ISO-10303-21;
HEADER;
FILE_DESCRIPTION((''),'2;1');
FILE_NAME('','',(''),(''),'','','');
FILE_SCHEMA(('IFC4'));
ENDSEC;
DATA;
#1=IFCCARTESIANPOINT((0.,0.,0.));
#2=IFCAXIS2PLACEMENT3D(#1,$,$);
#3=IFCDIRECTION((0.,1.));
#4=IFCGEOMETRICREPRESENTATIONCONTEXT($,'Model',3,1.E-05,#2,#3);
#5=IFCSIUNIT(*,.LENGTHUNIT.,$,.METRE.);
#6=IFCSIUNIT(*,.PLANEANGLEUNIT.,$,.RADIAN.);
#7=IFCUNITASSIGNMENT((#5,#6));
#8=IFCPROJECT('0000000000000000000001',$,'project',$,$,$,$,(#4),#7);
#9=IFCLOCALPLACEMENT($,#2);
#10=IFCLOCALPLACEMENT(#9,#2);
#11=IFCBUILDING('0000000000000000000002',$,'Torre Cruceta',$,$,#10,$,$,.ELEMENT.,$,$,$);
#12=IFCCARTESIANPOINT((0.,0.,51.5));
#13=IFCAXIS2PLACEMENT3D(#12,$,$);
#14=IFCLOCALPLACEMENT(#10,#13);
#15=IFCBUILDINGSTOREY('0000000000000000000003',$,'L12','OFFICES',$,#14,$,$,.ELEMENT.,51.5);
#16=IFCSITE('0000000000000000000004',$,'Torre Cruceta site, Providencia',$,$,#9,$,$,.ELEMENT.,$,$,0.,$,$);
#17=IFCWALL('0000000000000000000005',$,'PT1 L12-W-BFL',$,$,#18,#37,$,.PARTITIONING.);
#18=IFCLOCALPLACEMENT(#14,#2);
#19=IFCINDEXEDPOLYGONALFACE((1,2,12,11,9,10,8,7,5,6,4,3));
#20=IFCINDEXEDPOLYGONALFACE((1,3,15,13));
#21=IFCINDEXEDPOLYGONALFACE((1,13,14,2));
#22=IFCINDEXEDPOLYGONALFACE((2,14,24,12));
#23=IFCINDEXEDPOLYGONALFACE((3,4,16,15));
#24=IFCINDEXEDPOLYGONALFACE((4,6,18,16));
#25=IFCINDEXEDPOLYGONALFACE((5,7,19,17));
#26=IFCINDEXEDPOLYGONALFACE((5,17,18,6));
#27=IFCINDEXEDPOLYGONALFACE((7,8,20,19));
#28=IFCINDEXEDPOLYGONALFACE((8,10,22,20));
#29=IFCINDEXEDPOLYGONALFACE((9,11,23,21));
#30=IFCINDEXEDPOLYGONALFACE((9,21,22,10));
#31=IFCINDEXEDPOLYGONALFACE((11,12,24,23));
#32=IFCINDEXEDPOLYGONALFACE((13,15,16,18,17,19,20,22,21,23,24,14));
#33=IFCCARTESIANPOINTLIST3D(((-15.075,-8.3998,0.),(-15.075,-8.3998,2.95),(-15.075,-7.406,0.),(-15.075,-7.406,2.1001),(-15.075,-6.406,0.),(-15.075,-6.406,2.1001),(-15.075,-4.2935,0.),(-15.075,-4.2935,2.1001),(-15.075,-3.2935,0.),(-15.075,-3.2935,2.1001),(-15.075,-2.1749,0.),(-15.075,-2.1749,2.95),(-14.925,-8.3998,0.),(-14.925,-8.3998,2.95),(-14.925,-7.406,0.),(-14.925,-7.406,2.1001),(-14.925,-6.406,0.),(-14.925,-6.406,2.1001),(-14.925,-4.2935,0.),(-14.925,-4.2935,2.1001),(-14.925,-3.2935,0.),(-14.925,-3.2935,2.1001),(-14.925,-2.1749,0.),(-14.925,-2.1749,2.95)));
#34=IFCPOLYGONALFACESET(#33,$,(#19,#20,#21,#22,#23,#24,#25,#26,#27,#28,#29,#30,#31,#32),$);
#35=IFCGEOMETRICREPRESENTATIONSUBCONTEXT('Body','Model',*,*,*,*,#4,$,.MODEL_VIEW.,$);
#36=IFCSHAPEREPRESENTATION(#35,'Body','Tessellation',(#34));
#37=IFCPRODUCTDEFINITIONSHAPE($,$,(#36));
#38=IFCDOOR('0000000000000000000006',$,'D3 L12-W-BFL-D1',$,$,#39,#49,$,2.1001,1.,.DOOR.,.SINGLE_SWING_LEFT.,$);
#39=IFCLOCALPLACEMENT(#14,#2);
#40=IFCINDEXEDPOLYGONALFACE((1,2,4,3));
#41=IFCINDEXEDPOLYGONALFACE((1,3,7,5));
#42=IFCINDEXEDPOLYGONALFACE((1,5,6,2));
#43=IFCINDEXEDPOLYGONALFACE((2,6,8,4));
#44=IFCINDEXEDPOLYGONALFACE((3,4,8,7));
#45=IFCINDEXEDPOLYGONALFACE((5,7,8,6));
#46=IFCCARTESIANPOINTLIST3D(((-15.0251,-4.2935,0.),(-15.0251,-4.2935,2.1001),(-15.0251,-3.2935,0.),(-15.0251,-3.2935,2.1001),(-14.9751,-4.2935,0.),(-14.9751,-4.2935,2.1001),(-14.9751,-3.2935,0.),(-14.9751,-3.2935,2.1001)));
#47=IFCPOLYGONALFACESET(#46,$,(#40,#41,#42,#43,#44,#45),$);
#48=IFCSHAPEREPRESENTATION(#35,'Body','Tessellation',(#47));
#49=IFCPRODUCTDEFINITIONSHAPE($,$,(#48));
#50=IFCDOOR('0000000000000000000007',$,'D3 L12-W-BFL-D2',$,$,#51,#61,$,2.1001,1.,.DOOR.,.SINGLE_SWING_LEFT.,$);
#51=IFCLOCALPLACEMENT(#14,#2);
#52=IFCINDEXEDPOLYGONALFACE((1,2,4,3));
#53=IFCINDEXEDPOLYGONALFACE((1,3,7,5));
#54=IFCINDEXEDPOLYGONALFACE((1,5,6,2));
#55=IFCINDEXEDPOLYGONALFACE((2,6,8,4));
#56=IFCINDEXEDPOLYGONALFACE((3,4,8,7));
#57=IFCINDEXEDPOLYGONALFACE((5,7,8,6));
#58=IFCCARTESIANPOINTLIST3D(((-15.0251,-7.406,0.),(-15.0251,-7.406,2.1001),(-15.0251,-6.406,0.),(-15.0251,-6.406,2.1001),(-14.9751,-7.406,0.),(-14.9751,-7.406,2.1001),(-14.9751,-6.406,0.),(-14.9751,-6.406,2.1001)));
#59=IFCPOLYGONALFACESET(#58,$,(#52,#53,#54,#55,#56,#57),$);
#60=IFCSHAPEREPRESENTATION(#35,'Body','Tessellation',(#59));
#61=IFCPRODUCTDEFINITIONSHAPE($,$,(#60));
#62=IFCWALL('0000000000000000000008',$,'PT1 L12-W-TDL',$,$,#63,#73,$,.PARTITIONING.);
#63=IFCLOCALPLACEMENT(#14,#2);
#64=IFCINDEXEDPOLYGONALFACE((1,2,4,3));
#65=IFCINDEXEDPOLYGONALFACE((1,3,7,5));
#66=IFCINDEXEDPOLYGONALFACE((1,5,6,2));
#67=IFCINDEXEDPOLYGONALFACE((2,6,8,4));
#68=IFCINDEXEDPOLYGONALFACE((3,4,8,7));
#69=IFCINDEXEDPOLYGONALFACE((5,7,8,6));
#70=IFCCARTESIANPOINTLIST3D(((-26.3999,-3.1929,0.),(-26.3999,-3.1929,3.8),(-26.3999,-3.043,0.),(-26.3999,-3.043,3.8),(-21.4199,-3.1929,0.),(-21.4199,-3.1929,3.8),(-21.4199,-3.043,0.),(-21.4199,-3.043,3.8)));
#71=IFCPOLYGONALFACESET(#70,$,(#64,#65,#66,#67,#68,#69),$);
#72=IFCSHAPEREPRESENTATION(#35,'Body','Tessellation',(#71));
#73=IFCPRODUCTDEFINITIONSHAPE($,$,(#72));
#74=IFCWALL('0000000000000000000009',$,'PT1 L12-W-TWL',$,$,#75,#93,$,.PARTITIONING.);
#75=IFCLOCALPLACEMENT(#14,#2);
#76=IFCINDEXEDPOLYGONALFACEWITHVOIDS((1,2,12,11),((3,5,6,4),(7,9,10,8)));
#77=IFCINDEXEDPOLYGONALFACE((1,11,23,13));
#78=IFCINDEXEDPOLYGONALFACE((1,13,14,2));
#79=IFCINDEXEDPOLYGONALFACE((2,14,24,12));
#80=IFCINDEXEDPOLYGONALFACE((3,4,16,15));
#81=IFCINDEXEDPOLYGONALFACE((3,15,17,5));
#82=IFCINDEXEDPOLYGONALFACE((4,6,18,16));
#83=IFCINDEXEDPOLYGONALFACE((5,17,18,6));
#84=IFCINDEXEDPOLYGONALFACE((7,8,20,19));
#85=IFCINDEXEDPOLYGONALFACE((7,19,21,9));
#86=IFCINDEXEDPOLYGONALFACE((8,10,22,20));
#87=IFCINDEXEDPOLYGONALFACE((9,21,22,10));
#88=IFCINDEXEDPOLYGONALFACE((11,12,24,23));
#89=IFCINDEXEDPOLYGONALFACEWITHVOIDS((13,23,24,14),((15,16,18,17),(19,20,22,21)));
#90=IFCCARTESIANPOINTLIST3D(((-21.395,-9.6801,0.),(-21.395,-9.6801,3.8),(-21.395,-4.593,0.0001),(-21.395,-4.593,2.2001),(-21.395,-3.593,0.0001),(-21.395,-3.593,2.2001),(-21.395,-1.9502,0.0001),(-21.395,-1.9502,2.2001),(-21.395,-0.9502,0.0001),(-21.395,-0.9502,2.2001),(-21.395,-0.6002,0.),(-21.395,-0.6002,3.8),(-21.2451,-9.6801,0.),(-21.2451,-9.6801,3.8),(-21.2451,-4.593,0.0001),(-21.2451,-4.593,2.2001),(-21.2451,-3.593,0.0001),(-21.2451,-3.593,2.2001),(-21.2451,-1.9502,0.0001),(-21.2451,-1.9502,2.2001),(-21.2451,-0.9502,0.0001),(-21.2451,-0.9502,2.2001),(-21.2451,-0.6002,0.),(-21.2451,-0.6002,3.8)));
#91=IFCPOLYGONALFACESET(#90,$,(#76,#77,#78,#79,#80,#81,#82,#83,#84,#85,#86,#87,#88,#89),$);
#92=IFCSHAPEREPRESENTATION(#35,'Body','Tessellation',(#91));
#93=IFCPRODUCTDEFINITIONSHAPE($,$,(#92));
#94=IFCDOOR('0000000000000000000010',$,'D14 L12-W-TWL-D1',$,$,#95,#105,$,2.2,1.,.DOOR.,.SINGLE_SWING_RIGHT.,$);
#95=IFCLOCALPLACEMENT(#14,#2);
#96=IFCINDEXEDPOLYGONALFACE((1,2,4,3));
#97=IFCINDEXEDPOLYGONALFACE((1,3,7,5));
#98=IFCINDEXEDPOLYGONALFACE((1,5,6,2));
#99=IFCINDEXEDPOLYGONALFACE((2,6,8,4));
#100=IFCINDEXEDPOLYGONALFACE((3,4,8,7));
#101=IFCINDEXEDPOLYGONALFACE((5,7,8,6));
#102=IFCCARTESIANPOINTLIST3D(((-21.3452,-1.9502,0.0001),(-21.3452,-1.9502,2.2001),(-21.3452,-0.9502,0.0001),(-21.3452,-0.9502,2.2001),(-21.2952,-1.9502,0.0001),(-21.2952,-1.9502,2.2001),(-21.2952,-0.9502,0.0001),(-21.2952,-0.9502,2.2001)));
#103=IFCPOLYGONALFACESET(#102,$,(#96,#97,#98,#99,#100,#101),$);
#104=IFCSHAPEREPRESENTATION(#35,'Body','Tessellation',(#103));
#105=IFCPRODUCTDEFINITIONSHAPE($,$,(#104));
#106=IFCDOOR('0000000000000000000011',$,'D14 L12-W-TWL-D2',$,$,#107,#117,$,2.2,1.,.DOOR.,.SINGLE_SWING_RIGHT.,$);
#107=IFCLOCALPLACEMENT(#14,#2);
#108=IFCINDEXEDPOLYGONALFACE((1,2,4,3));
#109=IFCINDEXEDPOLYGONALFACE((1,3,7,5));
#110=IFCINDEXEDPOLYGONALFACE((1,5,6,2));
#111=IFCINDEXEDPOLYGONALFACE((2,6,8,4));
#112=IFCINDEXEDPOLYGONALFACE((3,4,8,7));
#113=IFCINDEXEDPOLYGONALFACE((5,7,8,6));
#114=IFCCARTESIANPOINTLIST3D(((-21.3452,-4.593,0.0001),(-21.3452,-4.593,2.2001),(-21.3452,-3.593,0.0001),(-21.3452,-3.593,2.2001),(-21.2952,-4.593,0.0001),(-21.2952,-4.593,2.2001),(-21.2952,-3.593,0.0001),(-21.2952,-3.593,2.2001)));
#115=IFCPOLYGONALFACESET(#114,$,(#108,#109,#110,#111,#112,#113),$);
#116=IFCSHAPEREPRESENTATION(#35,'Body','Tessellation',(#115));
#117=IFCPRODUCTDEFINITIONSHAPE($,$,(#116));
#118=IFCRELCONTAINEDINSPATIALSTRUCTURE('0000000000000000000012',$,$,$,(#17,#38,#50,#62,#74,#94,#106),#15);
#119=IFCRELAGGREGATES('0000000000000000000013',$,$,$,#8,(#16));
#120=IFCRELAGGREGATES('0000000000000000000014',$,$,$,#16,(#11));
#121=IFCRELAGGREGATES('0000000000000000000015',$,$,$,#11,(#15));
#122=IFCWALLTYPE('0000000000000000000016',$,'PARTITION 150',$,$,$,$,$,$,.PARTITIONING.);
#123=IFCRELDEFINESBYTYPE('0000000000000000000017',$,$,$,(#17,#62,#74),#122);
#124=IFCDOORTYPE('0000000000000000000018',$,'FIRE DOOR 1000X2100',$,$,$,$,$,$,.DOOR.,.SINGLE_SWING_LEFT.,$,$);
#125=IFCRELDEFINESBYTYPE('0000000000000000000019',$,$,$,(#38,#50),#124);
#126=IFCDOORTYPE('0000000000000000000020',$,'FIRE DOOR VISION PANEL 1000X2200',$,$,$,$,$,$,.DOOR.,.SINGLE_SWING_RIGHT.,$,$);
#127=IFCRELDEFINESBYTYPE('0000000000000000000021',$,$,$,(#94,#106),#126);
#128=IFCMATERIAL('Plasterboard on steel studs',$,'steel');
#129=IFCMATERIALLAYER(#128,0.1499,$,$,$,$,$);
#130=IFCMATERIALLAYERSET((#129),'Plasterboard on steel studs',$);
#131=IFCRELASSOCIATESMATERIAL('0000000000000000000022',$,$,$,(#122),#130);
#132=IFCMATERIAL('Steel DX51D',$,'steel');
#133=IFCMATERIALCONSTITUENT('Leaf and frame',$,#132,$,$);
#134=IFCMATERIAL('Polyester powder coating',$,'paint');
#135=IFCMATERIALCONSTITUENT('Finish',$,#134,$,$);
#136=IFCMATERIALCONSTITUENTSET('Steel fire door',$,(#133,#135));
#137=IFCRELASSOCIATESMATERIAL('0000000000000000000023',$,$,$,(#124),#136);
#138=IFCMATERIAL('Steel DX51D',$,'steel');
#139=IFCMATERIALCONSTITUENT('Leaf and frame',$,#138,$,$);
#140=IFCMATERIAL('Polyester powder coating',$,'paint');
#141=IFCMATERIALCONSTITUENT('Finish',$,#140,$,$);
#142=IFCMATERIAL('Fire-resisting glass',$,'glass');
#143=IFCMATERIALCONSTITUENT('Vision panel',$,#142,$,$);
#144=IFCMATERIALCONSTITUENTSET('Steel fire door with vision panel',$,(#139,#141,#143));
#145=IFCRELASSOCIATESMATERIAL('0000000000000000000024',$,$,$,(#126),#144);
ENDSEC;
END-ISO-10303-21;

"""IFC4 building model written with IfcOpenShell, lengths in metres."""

from ifc_helpers import new_model, si_unit, direction, frame, frame_2d, origin, place, context, subcontext, project, spatial, rectangle, extrude, material, layer, layer_set, constituent, constituent_set, type_object, element, fill, save


model = new_model("IFC4")

# Units and contexts
model_context = context("Model", 3, precision=1e-05, world=origin(), true_north=direction((0.0, 1.0)))
body_context = subcontext(model_context, "Body", "Model", "MODEL_VIEW")
ifc_project = project(units=[si_unit("LENGTHUNIT", "METRE"), si_unit("PLANEANGLEUNIT", "RADIAN")], contexts=[model_context])

# Site, building, storey
site_placement = place(None, origin())
site = spatial("IfcSite", under=ifc_project, at=site_placement, Name="Torre Cruceta site, Providencia", CompositionType="ELEMENT", RefElevation=0.0)
building_placement = place(site_placement, origin())
building = spatial("IfcBuilding", under=site, at=building_placement, Name="Torre Cruceta", CompositionType="ELEMENT")
storey_placement = place(building_placement, frame((0.0, 0.0, 51.5)))
storey = spatial("IfcBuildingStorey", under=building, at=storey_placement, Name="L12", Description="OFFICES", CompositionType="ELEMENT", Elevation=51.5)

# Wall, openings, doors
ifc_material_1 = material(Name="Plasterboard on steel studs", Category="steel")
ifc_layer_1 = layer(ifc_material_1, 0.1499)
ifc_layer_set_1 = layer_set([ifc_layer_1], Name="Plasterboard on steel studs")
wall_type_1 = type_object("IfcWallType", Name="PARTITION 150", PredefinedType="PARTITIONING", material=ifc_layer_set_1)
wall_1_placement = place(storey_placement, frame((-15.0, -2.175, 0.0), z_axis=(0.0, 0.0, 1.0), x_axis=(0.0, -1.0, 0.0)))
wall_1 = element("IfcWall", 1, at=wall_1_placement, inside=storey, type_object=wall_type_1, Name="PT1 L12-W-BFL", PredefinedType="PARTITIONING", context=body_context, shape_type="SweptSolid", body=[
    extrude(rectangle(XDim=6.2249, YDim=0.1499, at=frame_2d((3.1123, 0.0))), origin(), (0.0, 0.0, 1.0), 2.95),
])
opening_1_placement = place(wall_1_placement, frame((1.1184, 0.0, 0.0)))
opening_1 = element("IfcOpeningElement", 2, at=opening_1_placement, cuts=wall_1, PredefinedType="OPENING", context=body_context, shape_type="SweptSolid", body=[
    extrude(rectangle(XDim=1.0, YDim=2.1001, at=frame_2d((0.5, 1.05))), frame((0.0, 0.085, 0.0), z_axis=(0.0, -1.0, 0.0), x_axis=(1.0, 0.0, 0.0)), (0.0, 0.0, 1.0), 0.1699),
])
opening_2_placement = place(wall_1_placement, frame((4.231, 0.0, 0.0)))
opening_2 = element("IfcOpeningElement", 3, at=opening_2_placement, cuts=wall_1, PredefinedType="OPENING", context=body_context, shape_type="SweptSolid", body=[
    extrude(rectangle(XDim=1.0, YDim=2.1001, at=frame_2d((0.5, 1.05))), frame((0.0, 0.085, 0.0), z_axis=(0.0, -1.0, 0.0), x_axis=(1.0, 0.0, 0.0)), (0.0, 0.0, 1.0), 0.1699),
])
ifc_material_2 = material(Name="Steel DX51D", Category="steel")
ifc_constituent_1 = constituent(ifc_material_2, Name="Leaf and frame")
ifc_material_3 = material(Name="Polyester powder coating", Category="paint")
ifc_constituent_2 = constituent(ifc_material_3, Name="Finish")
ifc_constituent_set_1 = constituent_set(constituents=[ifc_constituent_1, ifc_constituent_2], Name="Steel fire door")
door_type_1 = type_object("IfcDoorType", Name="FIRE DOOR 1000X2100", OperationType="SINGLE_SWING_LEFT", PredefinedType="DOOR", material=ifc_constituent_set_1)
door_1_placement = place(opening_1_placement, origin())
door_1 = element("IfcDoor", 4, at=door_1_placement, inside=storey, type_object=door_type_1, Name="D3 L12-W-BFL-D1", OperationType="SINGLE_SWING_LEFT", OverallHeight=2.1001, OverallWidth=1.0, PredefinedType="DOOR", context=body_context, shape_type="SweptSolid", body=[
    extrude(rectangle(XDim=1.0, YDim=2.1001, at=frame_2d((0.5, 1.05))), frame((0.0, 0.0249, 0.0), z_axis=(0.0, -1.0, 0.0), x_axis=(1.0, 0.0, 0.0)), (0.0, 0.0, 1.0), 0.05),
])
fill(opening_1, door_1)
door_2_placement = place(opening_2_placement, origin())
door_2 = element("IfcDoor", 5, at=door_2_placement, inside=storey, type_object=door_type_1, Name="D3 L12-W-BFL-D2", OperationType="SINGLE_SWING_LEFT", OverallHeight=2.1001, OverallWidth=1.0, PredefinedType="DOOR", context=body_context, shape_type="SweptSolid", body=[
    extrude(rectangle(XDim=1.0, YDim=2.1001, at=frame_2d((0.5, 1.05))), frame((0.0, 0.0249, 0.0), z_axis=(0.0, -1.0, 0.0), x_axis=(1.0, 0.0, 0.0)), (0.0, 0.0, 1.0), 0.05),
])
fill(opening_2, door_2)

# Wall
wall_2_placement = place(storey_placement, frame((-21.4199, -3.1179, 0.0), z_axis=(0.0, 0.0, 1.0), x_axis=(-1.0, 0.0, 0.0)))
element("IfcWall", 6, at=wall_2_placement, inside=storey, type_object=wall_type_1, Name="PT1 L12-W-TDL", PredefinedType="PARTITIONING", context=body_context, shape_type="SweptSolid", body=[
    extrude(rectangle(XDim=4.98, YDim=0.1499, at=frame_2d((2.49, 0.0))), origin(), (0.0, 0.0, 1.0), 3.8),
])

# Wall, openings, doors
wall_3_placement = place(storey_placement, frame((-21.3201, -0.6001, 0.0), z_axis=(0.0, 0.0, 1.0), x_axis=(0.0, -1.0, 0.0)))
wall_3 = element("IfcWall", 7, at=wall_3_placement, inside=storey, type_object=wall_type_1, Name="PT1 L12-W-TWL", PredefinedType="PARTITIONING", context=body_context, shape_type="SweptSolid", body=[
    extrude(rectangle(XDim=9.0798, YDim=0.1499, at=frame_2d((4.54, 0.0))), origin(), (0.0, 0.0, 1.0), 3.8),
])
opening_3_placement = place(wall_3_placement, frame((0.3501, 0.0, 0.0)))
opening_3 = element("IfcOpeningElement", 8, at=opening_3_placement, cuts=wall_3, PredefinedType="OPENING", context=body_context, shape_type="SweptSolid", body=[
    extrude(rectangle(XDim=1.0, YDim=2.2, at=frame_2d((0.5, 1.1001))), frame((0.0, 0.085, 0.0), z_axis=(0.0, -1.0, 0.0), x_axis=(1.0, 0.0, 0.0)), (0.0, 0.0, 1.0), 0.1699),
])
opening_4_placement = place(wall_3_placement, frame((2.9929, 0.0, 0.0)))
opening_4 = element("IfcOpeningElement", 9, at=opening_4_placement, cuts=wall_3, PredefinedType="OPENING", context=body_context, shape_type="SweptSolid", body=[
    extrude(rectangle(XDim=1.0, YDim=2.2, at=frame_2d((0.5, 1.1001))), frame((0.0, 0.085, 0.0), z_axis=(0.0, -1.0, 0.0), x_axis=(1.0, 0.0, 0.0)), (0.0, 0.0, 1.0), 0.1699),
])
ifc_material_4 = material(Name="Steel DX51D", Category="steel")
ifc_constituent_3 = constituent(ifc_material_4, Name="Leaf and frame")
ifc_material_5 = material(Name="Polyester powder coating", Category="paint")
ifc_constituent_4 = constituent(ifc_material_5, Name="Finish")
ifc_material_6 = material(Name="Fire-resisting glass", Category="glass")
ifc_constituent_5 = constituent(ifc_material_6, Name="Vision panel")
ifc_constituent_set_2 = constituent_set(constituents=[ifc_constituent_3, ifc_constituent_4, ifc_constituent_5], Name="Steel fire door with vision panel")
door_type_2 = type_object("IfcDoorType", Name="FIRE DOOR VISION PANEL 1000X2200", OperationType="SINGLE_SWING_RIGHT", PredefinedType="DOOR", material=ifc_constituent_set_2)
door_3_placement = place(opening_3_placement, frame((1.0, 0.0, 0.0), z_axis=(0.0, 0.0, 1.0), x_axis=(-1.0, 0.0, 0.0)))
door_3 = element("IfcDoor", 10, at=door_3_placement, inside=storey, type_object=door_type_2, Name="D14 L12-W-TWL-D1", OperationType="SINGLE_SWING_RIGHT", OverallHeight=2.2, OverallWidth=1.0, PredefinedType="DOOR", context=body_context, shape_type="SweptSolid", body=[
    extrude(rectangle(XDim=1.0, YDim=2.2, at=frame_2d((0.5, 1.1001))), frame((0.0, 0.0251, 0.0), z_axis=(0.0, -1.0, 0.0), x_axis=(1.0, 0.0, 0.0)), (0.0, 0.0, 1.0), 0.05),
])
fill(opening_3, door_3)
door_4_placement = place(opening_4_placement, frame((1.0, 0.0, 0.0), z_axis=(0.0, 0.0, 1.0), x_axis=(-1.0, 0.0, 0.0)))
door_4 = element("IfcDoor", 11, at=door_4_placement, inside=storey, type_object=door_type_2, Name="D14 L12-W-TWL-D2", OperationType="SINGLE_SWING_RIGHT", OverallHeight=2.2, OverallWidth=1.0, PredefinedType="DOOR", context=body_context, shape_type="SweptSolid", body=[
    extrude(rectangle(XDim=1.0, YDim=2.2, at=frame_2d((0.5, 1.1001))), frame((0.0, 0.0251, 0.0), z_axis=(0.0, -1.0, 0.0), x_axis=(1.0, 0.0, 0.0)), (0.0, 0.0, 1.0), 0.05),
])
fill(opening_4, door_4)

save(model, "model.ifc")
